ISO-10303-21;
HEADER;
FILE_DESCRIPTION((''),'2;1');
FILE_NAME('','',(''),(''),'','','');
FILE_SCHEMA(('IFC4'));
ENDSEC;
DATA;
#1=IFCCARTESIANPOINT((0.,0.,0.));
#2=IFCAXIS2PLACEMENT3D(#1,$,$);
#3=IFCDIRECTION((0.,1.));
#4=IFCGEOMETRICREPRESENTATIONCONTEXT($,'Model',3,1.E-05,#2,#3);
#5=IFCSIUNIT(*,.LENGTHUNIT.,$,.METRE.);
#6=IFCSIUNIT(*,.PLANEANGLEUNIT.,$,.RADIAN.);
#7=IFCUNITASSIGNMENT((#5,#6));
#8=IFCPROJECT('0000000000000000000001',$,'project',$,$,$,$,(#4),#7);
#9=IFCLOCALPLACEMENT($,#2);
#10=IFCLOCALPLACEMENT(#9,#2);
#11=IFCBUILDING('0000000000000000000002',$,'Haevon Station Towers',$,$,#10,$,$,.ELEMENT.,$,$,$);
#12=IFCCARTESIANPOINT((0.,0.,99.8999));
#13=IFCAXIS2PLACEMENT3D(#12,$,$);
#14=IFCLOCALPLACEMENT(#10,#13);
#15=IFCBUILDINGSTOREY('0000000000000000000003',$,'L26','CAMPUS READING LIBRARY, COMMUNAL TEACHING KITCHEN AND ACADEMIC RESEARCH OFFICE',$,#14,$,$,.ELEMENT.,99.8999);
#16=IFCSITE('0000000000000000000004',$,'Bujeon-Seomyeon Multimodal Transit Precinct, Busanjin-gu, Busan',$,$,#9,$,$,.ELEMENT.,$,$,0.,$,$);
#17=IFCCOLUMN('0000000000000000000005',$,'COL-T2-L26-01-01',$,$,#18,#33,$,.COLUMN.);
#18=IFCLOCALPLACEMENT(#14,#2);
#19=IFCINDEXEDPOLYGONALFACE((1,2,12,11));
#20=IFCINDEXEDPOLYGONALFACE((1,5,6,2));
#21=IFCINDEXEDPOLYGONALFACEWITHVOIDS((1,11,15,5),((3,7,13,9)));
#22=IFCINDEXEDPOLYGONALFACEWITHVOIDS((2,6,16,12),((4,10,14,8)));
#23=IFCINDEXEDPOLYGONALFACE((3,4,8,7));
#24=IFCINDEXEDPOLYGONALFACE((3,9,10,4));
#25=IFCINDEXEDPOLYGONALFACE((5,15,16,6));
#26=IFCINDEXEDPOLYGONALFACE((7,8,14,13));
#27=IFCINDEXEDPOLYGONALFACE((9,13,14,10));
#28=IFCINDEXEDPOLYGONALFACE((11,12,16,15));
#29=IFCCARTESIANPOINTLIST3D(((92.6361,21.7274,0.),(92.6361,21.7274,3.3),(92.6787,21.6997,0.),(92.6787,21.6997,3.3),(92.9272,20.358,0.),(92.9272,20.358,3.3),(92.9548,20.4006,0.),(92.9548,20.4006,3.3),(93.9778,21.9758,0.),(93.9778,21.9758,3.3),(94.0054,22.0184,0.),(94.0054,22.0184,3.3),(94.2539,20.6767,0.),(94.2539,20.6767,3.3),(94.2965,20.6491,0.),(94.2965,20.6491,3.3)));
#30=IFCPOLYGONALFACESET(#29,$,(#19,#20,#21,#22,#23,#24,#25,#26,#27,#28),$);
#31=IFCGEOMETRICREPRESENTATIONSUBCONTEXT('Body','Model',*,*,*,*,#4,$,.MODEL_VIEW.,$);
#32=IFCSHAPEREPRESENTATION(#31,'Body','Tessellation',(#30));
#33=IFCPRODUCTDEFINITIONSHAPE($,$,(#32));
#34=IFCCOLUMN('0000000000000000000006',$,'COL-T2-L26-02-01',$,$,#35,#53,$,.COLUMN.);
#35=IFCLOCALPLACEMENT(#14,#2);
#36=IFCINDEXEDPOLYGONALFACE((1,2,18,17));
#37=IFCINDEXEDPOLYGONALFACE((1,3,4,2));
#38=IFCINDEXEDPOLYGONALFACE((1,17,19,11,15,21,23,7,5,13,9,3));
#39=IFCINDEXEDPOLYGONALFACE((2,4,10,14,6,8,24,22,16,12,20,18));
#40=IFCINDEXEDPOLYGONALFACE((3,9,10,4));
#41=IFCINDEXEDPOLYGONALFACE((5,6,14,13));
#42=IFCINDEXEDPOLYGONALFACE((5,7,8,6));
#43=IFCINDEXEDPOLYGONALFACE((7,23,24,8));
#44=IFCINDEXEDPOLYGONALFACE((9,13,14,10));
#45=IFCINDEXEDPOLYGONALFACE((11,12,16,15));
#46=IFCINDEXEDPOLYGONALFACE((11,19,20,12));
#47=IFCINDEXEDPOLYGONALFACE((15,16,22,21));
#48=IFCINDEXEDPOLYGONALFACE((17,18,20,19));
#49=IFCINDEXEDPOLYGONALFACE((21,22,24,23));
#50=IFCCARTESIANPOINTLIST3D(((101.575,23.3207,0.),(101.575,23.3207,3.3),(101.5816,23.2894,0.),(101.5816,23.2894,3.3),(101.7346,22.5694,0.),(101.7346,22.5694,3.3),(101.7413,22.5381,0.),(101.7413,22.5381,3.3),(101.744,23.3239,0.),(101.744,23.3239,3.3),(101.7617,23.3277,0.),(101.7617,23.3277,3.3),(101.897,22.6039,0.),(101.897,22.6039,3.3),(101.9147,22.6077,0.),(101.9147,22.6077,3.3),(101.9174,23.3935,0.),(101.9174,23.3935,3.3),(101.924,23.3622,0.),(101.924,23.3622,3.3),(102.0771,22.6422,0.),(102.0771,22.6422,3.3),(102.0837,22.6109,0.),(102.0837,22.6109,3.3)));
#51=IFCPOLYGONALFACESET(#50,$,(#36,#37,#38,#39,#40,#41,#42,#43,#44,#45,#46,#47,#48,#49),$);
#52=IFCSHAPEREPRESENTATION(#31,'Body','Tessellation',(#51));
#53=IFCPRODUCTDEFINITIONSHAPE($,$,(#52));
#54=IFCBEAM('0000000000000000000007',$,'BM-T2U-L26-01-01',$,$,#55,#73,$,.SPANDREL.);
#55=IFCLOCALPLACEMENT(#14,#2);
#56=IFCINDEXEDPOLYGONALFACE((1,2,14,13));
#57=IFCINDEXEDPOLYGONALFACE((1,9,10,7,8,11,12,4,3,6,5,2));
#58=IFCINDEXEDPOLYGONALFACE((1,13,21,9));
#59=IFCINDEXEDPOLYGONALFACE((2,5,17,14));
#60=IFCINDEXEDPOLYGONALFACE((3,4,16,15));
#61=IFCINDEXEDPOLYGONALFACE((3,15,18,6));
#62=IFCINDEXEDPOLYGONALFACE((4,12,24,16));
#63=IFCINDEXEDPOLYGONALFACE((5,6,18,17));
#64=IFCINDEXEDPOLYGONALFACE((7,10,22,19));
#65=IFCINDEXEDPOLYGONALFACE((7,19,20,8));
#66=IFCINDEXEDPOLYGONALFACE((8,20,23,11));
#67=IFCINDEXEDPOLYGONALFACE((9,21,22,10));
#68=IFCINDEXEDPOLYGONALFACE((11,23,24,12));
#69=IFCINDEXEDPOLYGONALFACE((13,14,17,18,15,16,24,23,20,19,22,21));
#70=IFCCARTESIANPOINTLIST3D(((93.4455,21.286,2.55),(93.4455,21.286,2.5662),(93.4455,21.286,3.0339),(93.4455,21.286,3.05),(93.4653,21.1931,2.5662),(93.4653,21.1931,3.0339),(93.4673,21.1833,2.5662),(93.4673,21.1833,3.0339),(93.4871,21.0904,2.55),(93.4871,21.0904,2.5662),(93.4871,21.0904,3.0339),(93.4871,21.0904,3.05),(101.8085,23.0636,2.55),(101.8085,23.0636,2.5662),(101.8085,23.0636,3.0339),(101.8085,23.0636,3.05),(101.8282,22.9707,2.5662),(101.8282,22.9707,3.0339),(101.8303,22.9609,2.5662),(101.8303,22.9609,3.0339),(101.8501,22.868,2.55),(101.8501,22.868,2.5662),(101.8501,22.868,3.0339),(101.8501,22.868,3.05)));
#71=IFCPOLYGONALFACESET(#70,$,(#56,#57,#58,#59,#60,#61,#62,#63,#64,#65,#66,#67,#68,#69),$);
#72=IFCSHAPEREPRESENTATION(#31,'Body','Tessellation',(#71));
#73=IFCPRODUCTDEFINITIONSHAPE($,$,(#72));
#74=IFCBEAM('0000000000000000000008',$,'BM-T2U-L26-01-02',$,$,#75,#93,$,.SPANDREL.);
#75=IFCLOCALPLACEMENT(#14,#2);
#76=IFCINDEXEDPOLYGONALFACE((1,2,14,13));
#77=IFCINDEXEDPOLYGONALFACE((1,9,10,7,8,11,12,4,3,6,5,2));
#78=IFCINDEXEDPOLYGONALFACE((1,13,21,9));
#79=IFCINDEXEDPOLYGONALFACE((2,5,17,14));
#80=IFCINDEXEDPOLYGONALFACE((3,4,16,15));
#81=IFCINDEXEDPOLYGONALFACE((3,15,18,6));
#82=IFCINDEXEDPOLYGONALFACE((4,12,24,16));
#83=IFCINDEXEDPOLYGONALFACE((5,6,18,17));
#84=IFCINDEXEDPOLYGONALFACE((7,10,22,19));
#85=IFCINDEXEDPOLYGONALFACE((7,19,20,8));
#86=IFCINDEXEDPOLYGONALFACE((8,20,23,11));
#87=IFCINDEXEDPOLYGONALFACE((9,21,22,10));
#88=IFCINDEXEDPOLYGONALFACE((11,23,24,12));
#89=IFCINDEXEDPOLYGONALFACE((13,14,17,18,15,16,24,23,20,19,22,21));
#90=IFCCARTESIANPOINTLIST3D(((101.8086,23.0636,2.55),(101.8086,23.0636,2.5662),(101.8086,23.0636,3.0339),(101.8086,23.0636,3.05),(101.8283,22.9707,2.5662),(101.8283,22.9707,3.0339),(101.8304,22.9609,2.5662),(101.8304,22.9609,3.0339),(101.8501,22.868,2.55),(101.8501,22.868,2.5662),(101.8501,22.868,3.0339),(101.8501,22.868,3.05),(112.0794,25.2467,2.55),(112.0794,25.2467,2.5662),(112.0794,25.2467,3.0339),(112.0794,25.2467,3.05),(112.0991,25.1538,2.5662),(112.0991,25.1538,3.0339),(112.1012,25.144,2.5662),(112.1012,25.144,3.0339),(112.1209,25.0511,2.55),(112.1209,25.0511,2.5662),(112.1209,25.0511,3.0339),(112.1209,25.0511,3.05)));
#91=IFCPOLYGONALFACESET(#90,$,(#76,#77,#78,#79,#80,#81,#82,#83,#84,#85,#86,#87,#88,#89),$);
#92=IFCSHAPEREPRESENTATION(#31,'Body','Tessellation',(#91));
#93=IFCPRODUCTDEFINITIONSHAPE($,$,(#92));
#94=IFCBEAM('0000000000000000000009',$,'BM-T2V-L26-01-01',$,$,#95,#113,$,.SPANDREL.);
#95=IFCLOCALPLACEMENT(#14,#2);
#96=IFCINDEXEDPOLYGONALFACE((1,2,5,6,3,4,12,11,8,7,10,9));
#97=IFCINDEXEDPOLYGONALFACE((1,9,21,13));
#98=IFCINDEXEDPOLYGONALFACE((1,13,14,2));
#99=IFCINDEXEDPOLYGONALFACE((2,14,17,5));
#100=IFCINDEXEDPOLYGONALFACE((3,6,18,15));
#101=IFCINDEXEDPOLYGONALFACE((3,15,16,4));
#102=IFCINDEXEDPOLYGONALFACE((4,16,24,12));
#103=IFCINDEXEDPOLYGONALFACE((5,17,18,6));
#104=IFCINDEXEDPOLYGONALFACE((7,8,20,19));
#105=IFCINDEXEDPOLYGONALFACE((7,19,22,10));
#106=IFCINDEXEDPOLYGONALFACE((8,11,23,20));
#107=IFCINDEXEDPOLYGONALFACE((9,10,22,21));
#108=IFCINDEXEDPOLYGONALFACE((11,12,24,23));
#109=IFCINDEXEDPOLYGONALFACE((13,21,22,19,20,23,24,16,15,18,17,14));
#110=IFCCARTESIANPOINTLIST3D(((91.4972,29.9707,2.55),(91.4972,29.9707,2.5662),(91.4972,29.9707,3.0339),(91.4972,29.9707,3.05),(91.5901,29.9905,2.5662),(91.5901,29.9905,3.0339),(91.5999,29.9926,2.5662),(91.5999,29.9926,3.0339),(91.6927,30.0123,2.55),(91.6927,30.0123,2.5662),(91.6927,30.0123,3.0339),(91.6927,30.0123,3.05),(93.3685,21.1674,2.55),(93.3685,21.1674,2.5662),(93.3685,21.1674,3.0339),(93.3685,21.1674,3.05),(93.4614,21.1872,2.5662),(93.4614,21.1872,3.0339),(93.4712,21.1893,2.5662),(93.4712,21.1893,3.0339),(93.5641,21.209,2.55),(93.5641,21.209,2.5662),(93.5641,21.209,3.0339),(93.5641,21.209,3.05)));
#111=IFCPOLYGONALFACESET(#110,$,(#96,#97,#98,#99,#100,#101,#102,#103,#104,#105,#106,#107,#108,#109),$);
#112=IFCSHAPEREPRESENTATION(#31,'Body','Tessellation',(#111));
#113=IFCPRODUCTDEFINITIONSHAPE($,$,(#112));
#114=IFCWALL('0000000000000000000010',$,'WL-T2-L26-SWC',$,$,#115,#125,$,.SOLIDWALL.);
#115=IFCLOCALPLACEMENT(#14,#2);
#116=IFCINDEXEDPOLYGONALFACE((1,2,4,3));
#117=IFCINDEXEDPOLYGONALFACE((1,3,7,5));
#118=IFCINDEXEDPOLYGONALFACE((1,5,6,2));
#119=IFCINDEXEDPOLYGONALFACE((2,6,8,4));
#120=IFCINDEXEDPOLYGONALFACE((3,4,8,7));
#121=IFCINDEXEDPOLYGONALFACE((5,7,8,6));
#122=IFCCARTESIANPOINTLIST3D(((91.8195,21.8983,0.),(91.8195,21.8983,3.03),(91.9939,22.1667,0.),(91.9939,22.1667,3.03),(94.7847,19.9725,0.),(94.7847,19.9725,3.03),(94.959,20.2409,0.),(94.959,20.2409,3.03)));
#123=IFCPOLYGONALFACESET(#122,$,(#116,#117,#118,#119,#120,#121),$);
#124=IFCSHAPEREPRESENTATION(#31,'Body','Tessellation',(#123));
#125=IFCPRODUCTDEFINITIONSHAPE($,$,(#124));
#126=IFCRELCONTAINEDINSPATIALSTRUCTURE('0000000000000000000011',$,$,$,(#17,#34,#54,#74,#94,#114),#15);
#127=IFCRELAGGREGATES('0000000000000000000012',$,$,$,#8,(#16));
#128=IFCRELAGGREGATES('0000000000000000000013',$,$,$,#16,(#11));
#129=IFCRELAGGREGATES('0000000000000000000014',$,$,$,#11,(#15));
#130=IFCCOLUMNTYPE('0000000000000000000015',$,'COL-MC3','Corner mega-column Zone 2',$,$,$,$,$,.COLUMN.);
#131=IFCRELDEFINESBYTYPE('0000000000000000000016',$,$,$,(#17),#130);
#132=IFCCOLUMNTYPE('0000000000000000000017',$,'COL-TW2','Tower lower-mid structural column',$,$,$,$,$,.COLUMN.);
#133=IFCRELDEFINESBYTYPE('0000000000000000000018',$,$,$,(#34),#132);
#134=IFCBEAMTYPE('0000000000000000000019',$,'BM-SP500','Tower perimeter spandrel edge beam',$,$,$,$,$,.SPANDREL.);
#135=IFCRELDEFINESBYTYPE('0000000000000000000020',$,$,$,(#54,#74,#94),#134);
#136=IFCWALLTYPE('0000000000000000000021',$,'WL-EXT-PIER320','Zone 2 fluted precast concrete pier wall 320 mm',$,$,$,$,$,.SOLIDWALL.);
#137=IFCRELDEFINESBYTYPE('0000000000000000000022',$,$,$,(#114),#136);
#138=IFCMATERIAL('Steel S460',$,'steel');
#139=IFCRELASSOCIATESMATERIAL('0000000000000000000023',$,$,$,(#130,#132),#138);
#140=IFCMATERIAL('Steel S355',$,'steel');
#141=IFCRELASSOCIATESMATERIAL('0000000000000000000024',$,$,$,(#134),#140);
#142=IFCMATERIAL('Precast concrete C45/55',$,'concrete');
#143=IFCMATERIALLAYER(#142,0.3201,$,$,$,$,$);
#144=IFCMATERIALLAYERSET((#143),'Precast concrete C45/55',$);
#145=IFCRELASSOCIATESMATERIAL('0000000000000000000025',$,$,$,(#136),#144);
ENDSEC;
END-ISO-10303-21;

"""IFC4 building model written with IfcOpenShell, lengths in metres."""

from ifc_helpers import new_model, si_unit, direction, frame, frame_2d, origin, origin_2d, place, context, subcontext, project, spatial, rectangle, hollow_rectangle, i_section, extrude, material, layer, layer_set, material_profile, profile_set, type_object, element, save


model = new_model("IFC4")

# Units and contexts
model_context = context("Model", 3, precision=1e-05, world=origin(), true_north=direction((0.0, 1.0)))
body_context = subcontext(model_context, "Body", "Model", "MODEL_VIEW")
ifc_project = project(units=[si_unit("LENGTHUNIT", "METRE"), si_unit("PLANEANGLEUNIT", "RADIAN")], contexts=[model_context])

# Site, building, storey
site_placement = place(None, origin())
site = spatial("IfcSite", under=ifc_project, at=site_placement, Name="Bujeon-Seomyeon Multimodal Transit Precinct, Busanjin-gu, Busan", CompositionType="ELEMENT", RefElevation=0.0)
building_placement = place(site_placement, origin())
building = spatial("IfcBuilding", under=site, at=building_placement, Name="Haevon Station Towers", CompositionType="ELEMENT")
storey_placement = place(building_placement, frame((0.0, 0.0, 99.8999)))
storey = spatial("IfcBuildingStorey", under=building, at=storey_placement, Name="L26", Description="CAMPUS READING LIBRARY, COMMUNAL TEACHING KITCHEN AND ACADEMIC RESEARCH OFFICE", CompositionType="ELEMENT", Elevation=99.8999)

# Columns
ifc_material_1 = material(Name="Steel S460", Category="steel")
ifc_material_profile_1 = material_profile(ifc_material_1, hollow_rectangle(XDim=1.3999, YDim=1.3999, WallThickness=0.0359, at=origin_2d()), Name="BOX-1400x1400x36")
ifc_profile_set_1 = profile_set([ifc_material_profile_1], Name="Steel S460")
column_type_1 = type_object("IfcColumnType", Name="COL-MC3", Description="Corner mega-column Zone 2", PredefinedType="COLUMN", material=ifc_profile_set_1)
column_1_placement = place(storey_placement, frame((93.4663, 21.1882, 0.0), z_axis=(0.0, 0.0, 1.0), x_axis=(0.978148, 0.207912, 0.0)))
element("IfcColumn", 1, at=column_1_placement, inside=storey, type_object=column_type_1, Name="COL-T2-L26-01-01", PredefinedType="COLUMN", context=body_context, shape_type="SweptSolid", body=[
    extrude(hollow_rectangle(XDim=1.3999, YDim=1.3999, WallThickness=0.0359, at=origin_2d()), origin(), (0.0, 0.0, 1.0), 3.3),
])
ifc_material_profile_2 = material_profile(ifc_material_1, i_section(OverallWidth=0.3501, OverallDepth=0.8, WebThickness=0.0181, FlangeThickness=0.032, at=origin_2d()), Name="H-800x350x18x32")
ifc_profile_set_2 = profile_set([ifc_material_profile_2], Name="Steel S460")
column_type_2 = type_object("IfcColumnType", Name="COL-TW2", Description="Tower lower-mid structural column", PredefinedType="COLUMN", material=ifc_profile_set_2)
column_2_placement = place(storey_placement, frame((101.8293, 22.9658, 0.0), z_axis=(0.0, 0.0, 1.0), x_axis=(0.978148, 0.207912, 0.0)))
element("IfcColumn", 2, at=column_2_placement, inside=storey, type_object=column_type_2, Name="COL-T2-L26-02-01", PredefinedType="COLUMN", context=body_context, shape_type="SweptSolid", body=[
    extrude(i_section(OverallWidth=0.3501, OverallDepth=0.8, WebThickness=0.0181, FlangeThickness=0.032, at=origin_2d()), origin(), (0.0, 0.0, 1.0), 3.3),
])

# Beams
ifc_material_2 = material(Name="Steel S355", Category="steel")
ifc_material_profile_3 = material_profile(ifc_material_2, i_section(OverallWidth=0.2, OverallDepth=0.5, WebThickness=0.01, FlangeThickness=0.0161, at=origin_2d()), Name="H-500x200x10x16")
ifc_profile_set_3 = profile_set([ifc_material_profile_3], Name="Steel S355")
beam_type = type_object("IfcBeamType", Name="BM-SP500", Description="Tower perimeter spandrel edge beam", PredefinedType="SPANDREL", material=ifc_profile_set_3)
beam_1_placement = place(storey_placement, frame((93.4663, 21.1882, 2.8), z_axis=(0.978148, 0.207908, 0.0), x_axis=(-0.207908, 0.978148, 0.0)))
element("IfcBeam", 3, at=beam_1_placement, inside=storey, type_object=beam_type, Name="BM-T2U-L26-01-01", PredefinedType="SPANDREL", context=body_context, shape_type="SweptSolid", body=[
    extrude(i_section(OverallWidth=0.2, OverallDepth=0.5, WebThickness=0.01, FlangeThickness=0.0161, at=origin_2d()), origin(), (0.0, 0.0, 1.0), 8.5498),
])
beam_2_placement = place(storey_placement, frame((101.8293, 22.9658, 2.8), z_axis=(0.978148, 0.207911, 0.0), x_axis=(-0.207911, 0.978148, 0.0)))
element("IfcBeam", 4, at=beam_2_placement, inside=storey, type_object=beam_type, Name="BM-T2U-L26-01-02", PredefinedType="SPANDREL", context=body_context, shape_type="SweptSolid", body=[
    extrude(i_section(OverallWidth=0.2, OverallDepth=0.5, WebThickness=0.01, FlangeThickness=0.0161, at=origin_2d()), origin(), (0.0, 0.0, 1.0), 10.5002),
])
beam_3_placement = place(storey_placement, frame((93.4663, 21.1882, 2.8), z_axis=(-0.207928, 0.978144, 0.0), x_axis=(-0.978144, -0.207928, 0.0)))
element("IfcBeam", 5, at=beam_3_placement, inside=storey, type_object=beam_type, Name="BM-T2V-L26-01-01", PredefinedType="SPANDREL", context=body_context, shape_type="SweptSolid", body=[
    extrude(i_section(OverallWidth=0.2, OverallDepth=0.5, WebThickness=0.01, FlangeThickness=0.0161, at=origin_2d()), origin(), (0.0, 0.0, 1.0), 9.0),
])

# Wall
ifc_material_3 = material(Name="Precast concrete C45/55", Category="concrete")
ifc_layer_1 = layer(ifc_material_3, 0.3201)
ifc_layer_set_1 = layer_set([ifc_layer_1], Name="Precast concrete C45/55")
wall_type_1 = type_object("IfcWallType", Name="WL-EXT-PIER320", Description="Zone 2 fluted precast concrete pier wall 320 mm", PredefinedType="SOLIDWALL", material=ifc_layer_set_1)
wall_1_placement = place(storey_placement, frame((94.8718, 20.1067, 0.0), z_axis=(0.0, 0.0, 1.0), x_axis=(-0.838641, 0.544685, 0.0)))
element("IfcWall", 6, at=wall_1_placement, inside=storey, type_object=wall_type_1, Name="WL-T2-L26-SWC", PredefinedType="SOLIDWALL", context=body_context, shape_type="SweptSolid", body=[
    extrude(rectangle(XDim=3.5356, YDim=0.3201, at=frame_2d((1.7678, 0.0))), origin(), (0.0, 0.0, 1.0), 3.03),
])

save(model, "model.ifc")
